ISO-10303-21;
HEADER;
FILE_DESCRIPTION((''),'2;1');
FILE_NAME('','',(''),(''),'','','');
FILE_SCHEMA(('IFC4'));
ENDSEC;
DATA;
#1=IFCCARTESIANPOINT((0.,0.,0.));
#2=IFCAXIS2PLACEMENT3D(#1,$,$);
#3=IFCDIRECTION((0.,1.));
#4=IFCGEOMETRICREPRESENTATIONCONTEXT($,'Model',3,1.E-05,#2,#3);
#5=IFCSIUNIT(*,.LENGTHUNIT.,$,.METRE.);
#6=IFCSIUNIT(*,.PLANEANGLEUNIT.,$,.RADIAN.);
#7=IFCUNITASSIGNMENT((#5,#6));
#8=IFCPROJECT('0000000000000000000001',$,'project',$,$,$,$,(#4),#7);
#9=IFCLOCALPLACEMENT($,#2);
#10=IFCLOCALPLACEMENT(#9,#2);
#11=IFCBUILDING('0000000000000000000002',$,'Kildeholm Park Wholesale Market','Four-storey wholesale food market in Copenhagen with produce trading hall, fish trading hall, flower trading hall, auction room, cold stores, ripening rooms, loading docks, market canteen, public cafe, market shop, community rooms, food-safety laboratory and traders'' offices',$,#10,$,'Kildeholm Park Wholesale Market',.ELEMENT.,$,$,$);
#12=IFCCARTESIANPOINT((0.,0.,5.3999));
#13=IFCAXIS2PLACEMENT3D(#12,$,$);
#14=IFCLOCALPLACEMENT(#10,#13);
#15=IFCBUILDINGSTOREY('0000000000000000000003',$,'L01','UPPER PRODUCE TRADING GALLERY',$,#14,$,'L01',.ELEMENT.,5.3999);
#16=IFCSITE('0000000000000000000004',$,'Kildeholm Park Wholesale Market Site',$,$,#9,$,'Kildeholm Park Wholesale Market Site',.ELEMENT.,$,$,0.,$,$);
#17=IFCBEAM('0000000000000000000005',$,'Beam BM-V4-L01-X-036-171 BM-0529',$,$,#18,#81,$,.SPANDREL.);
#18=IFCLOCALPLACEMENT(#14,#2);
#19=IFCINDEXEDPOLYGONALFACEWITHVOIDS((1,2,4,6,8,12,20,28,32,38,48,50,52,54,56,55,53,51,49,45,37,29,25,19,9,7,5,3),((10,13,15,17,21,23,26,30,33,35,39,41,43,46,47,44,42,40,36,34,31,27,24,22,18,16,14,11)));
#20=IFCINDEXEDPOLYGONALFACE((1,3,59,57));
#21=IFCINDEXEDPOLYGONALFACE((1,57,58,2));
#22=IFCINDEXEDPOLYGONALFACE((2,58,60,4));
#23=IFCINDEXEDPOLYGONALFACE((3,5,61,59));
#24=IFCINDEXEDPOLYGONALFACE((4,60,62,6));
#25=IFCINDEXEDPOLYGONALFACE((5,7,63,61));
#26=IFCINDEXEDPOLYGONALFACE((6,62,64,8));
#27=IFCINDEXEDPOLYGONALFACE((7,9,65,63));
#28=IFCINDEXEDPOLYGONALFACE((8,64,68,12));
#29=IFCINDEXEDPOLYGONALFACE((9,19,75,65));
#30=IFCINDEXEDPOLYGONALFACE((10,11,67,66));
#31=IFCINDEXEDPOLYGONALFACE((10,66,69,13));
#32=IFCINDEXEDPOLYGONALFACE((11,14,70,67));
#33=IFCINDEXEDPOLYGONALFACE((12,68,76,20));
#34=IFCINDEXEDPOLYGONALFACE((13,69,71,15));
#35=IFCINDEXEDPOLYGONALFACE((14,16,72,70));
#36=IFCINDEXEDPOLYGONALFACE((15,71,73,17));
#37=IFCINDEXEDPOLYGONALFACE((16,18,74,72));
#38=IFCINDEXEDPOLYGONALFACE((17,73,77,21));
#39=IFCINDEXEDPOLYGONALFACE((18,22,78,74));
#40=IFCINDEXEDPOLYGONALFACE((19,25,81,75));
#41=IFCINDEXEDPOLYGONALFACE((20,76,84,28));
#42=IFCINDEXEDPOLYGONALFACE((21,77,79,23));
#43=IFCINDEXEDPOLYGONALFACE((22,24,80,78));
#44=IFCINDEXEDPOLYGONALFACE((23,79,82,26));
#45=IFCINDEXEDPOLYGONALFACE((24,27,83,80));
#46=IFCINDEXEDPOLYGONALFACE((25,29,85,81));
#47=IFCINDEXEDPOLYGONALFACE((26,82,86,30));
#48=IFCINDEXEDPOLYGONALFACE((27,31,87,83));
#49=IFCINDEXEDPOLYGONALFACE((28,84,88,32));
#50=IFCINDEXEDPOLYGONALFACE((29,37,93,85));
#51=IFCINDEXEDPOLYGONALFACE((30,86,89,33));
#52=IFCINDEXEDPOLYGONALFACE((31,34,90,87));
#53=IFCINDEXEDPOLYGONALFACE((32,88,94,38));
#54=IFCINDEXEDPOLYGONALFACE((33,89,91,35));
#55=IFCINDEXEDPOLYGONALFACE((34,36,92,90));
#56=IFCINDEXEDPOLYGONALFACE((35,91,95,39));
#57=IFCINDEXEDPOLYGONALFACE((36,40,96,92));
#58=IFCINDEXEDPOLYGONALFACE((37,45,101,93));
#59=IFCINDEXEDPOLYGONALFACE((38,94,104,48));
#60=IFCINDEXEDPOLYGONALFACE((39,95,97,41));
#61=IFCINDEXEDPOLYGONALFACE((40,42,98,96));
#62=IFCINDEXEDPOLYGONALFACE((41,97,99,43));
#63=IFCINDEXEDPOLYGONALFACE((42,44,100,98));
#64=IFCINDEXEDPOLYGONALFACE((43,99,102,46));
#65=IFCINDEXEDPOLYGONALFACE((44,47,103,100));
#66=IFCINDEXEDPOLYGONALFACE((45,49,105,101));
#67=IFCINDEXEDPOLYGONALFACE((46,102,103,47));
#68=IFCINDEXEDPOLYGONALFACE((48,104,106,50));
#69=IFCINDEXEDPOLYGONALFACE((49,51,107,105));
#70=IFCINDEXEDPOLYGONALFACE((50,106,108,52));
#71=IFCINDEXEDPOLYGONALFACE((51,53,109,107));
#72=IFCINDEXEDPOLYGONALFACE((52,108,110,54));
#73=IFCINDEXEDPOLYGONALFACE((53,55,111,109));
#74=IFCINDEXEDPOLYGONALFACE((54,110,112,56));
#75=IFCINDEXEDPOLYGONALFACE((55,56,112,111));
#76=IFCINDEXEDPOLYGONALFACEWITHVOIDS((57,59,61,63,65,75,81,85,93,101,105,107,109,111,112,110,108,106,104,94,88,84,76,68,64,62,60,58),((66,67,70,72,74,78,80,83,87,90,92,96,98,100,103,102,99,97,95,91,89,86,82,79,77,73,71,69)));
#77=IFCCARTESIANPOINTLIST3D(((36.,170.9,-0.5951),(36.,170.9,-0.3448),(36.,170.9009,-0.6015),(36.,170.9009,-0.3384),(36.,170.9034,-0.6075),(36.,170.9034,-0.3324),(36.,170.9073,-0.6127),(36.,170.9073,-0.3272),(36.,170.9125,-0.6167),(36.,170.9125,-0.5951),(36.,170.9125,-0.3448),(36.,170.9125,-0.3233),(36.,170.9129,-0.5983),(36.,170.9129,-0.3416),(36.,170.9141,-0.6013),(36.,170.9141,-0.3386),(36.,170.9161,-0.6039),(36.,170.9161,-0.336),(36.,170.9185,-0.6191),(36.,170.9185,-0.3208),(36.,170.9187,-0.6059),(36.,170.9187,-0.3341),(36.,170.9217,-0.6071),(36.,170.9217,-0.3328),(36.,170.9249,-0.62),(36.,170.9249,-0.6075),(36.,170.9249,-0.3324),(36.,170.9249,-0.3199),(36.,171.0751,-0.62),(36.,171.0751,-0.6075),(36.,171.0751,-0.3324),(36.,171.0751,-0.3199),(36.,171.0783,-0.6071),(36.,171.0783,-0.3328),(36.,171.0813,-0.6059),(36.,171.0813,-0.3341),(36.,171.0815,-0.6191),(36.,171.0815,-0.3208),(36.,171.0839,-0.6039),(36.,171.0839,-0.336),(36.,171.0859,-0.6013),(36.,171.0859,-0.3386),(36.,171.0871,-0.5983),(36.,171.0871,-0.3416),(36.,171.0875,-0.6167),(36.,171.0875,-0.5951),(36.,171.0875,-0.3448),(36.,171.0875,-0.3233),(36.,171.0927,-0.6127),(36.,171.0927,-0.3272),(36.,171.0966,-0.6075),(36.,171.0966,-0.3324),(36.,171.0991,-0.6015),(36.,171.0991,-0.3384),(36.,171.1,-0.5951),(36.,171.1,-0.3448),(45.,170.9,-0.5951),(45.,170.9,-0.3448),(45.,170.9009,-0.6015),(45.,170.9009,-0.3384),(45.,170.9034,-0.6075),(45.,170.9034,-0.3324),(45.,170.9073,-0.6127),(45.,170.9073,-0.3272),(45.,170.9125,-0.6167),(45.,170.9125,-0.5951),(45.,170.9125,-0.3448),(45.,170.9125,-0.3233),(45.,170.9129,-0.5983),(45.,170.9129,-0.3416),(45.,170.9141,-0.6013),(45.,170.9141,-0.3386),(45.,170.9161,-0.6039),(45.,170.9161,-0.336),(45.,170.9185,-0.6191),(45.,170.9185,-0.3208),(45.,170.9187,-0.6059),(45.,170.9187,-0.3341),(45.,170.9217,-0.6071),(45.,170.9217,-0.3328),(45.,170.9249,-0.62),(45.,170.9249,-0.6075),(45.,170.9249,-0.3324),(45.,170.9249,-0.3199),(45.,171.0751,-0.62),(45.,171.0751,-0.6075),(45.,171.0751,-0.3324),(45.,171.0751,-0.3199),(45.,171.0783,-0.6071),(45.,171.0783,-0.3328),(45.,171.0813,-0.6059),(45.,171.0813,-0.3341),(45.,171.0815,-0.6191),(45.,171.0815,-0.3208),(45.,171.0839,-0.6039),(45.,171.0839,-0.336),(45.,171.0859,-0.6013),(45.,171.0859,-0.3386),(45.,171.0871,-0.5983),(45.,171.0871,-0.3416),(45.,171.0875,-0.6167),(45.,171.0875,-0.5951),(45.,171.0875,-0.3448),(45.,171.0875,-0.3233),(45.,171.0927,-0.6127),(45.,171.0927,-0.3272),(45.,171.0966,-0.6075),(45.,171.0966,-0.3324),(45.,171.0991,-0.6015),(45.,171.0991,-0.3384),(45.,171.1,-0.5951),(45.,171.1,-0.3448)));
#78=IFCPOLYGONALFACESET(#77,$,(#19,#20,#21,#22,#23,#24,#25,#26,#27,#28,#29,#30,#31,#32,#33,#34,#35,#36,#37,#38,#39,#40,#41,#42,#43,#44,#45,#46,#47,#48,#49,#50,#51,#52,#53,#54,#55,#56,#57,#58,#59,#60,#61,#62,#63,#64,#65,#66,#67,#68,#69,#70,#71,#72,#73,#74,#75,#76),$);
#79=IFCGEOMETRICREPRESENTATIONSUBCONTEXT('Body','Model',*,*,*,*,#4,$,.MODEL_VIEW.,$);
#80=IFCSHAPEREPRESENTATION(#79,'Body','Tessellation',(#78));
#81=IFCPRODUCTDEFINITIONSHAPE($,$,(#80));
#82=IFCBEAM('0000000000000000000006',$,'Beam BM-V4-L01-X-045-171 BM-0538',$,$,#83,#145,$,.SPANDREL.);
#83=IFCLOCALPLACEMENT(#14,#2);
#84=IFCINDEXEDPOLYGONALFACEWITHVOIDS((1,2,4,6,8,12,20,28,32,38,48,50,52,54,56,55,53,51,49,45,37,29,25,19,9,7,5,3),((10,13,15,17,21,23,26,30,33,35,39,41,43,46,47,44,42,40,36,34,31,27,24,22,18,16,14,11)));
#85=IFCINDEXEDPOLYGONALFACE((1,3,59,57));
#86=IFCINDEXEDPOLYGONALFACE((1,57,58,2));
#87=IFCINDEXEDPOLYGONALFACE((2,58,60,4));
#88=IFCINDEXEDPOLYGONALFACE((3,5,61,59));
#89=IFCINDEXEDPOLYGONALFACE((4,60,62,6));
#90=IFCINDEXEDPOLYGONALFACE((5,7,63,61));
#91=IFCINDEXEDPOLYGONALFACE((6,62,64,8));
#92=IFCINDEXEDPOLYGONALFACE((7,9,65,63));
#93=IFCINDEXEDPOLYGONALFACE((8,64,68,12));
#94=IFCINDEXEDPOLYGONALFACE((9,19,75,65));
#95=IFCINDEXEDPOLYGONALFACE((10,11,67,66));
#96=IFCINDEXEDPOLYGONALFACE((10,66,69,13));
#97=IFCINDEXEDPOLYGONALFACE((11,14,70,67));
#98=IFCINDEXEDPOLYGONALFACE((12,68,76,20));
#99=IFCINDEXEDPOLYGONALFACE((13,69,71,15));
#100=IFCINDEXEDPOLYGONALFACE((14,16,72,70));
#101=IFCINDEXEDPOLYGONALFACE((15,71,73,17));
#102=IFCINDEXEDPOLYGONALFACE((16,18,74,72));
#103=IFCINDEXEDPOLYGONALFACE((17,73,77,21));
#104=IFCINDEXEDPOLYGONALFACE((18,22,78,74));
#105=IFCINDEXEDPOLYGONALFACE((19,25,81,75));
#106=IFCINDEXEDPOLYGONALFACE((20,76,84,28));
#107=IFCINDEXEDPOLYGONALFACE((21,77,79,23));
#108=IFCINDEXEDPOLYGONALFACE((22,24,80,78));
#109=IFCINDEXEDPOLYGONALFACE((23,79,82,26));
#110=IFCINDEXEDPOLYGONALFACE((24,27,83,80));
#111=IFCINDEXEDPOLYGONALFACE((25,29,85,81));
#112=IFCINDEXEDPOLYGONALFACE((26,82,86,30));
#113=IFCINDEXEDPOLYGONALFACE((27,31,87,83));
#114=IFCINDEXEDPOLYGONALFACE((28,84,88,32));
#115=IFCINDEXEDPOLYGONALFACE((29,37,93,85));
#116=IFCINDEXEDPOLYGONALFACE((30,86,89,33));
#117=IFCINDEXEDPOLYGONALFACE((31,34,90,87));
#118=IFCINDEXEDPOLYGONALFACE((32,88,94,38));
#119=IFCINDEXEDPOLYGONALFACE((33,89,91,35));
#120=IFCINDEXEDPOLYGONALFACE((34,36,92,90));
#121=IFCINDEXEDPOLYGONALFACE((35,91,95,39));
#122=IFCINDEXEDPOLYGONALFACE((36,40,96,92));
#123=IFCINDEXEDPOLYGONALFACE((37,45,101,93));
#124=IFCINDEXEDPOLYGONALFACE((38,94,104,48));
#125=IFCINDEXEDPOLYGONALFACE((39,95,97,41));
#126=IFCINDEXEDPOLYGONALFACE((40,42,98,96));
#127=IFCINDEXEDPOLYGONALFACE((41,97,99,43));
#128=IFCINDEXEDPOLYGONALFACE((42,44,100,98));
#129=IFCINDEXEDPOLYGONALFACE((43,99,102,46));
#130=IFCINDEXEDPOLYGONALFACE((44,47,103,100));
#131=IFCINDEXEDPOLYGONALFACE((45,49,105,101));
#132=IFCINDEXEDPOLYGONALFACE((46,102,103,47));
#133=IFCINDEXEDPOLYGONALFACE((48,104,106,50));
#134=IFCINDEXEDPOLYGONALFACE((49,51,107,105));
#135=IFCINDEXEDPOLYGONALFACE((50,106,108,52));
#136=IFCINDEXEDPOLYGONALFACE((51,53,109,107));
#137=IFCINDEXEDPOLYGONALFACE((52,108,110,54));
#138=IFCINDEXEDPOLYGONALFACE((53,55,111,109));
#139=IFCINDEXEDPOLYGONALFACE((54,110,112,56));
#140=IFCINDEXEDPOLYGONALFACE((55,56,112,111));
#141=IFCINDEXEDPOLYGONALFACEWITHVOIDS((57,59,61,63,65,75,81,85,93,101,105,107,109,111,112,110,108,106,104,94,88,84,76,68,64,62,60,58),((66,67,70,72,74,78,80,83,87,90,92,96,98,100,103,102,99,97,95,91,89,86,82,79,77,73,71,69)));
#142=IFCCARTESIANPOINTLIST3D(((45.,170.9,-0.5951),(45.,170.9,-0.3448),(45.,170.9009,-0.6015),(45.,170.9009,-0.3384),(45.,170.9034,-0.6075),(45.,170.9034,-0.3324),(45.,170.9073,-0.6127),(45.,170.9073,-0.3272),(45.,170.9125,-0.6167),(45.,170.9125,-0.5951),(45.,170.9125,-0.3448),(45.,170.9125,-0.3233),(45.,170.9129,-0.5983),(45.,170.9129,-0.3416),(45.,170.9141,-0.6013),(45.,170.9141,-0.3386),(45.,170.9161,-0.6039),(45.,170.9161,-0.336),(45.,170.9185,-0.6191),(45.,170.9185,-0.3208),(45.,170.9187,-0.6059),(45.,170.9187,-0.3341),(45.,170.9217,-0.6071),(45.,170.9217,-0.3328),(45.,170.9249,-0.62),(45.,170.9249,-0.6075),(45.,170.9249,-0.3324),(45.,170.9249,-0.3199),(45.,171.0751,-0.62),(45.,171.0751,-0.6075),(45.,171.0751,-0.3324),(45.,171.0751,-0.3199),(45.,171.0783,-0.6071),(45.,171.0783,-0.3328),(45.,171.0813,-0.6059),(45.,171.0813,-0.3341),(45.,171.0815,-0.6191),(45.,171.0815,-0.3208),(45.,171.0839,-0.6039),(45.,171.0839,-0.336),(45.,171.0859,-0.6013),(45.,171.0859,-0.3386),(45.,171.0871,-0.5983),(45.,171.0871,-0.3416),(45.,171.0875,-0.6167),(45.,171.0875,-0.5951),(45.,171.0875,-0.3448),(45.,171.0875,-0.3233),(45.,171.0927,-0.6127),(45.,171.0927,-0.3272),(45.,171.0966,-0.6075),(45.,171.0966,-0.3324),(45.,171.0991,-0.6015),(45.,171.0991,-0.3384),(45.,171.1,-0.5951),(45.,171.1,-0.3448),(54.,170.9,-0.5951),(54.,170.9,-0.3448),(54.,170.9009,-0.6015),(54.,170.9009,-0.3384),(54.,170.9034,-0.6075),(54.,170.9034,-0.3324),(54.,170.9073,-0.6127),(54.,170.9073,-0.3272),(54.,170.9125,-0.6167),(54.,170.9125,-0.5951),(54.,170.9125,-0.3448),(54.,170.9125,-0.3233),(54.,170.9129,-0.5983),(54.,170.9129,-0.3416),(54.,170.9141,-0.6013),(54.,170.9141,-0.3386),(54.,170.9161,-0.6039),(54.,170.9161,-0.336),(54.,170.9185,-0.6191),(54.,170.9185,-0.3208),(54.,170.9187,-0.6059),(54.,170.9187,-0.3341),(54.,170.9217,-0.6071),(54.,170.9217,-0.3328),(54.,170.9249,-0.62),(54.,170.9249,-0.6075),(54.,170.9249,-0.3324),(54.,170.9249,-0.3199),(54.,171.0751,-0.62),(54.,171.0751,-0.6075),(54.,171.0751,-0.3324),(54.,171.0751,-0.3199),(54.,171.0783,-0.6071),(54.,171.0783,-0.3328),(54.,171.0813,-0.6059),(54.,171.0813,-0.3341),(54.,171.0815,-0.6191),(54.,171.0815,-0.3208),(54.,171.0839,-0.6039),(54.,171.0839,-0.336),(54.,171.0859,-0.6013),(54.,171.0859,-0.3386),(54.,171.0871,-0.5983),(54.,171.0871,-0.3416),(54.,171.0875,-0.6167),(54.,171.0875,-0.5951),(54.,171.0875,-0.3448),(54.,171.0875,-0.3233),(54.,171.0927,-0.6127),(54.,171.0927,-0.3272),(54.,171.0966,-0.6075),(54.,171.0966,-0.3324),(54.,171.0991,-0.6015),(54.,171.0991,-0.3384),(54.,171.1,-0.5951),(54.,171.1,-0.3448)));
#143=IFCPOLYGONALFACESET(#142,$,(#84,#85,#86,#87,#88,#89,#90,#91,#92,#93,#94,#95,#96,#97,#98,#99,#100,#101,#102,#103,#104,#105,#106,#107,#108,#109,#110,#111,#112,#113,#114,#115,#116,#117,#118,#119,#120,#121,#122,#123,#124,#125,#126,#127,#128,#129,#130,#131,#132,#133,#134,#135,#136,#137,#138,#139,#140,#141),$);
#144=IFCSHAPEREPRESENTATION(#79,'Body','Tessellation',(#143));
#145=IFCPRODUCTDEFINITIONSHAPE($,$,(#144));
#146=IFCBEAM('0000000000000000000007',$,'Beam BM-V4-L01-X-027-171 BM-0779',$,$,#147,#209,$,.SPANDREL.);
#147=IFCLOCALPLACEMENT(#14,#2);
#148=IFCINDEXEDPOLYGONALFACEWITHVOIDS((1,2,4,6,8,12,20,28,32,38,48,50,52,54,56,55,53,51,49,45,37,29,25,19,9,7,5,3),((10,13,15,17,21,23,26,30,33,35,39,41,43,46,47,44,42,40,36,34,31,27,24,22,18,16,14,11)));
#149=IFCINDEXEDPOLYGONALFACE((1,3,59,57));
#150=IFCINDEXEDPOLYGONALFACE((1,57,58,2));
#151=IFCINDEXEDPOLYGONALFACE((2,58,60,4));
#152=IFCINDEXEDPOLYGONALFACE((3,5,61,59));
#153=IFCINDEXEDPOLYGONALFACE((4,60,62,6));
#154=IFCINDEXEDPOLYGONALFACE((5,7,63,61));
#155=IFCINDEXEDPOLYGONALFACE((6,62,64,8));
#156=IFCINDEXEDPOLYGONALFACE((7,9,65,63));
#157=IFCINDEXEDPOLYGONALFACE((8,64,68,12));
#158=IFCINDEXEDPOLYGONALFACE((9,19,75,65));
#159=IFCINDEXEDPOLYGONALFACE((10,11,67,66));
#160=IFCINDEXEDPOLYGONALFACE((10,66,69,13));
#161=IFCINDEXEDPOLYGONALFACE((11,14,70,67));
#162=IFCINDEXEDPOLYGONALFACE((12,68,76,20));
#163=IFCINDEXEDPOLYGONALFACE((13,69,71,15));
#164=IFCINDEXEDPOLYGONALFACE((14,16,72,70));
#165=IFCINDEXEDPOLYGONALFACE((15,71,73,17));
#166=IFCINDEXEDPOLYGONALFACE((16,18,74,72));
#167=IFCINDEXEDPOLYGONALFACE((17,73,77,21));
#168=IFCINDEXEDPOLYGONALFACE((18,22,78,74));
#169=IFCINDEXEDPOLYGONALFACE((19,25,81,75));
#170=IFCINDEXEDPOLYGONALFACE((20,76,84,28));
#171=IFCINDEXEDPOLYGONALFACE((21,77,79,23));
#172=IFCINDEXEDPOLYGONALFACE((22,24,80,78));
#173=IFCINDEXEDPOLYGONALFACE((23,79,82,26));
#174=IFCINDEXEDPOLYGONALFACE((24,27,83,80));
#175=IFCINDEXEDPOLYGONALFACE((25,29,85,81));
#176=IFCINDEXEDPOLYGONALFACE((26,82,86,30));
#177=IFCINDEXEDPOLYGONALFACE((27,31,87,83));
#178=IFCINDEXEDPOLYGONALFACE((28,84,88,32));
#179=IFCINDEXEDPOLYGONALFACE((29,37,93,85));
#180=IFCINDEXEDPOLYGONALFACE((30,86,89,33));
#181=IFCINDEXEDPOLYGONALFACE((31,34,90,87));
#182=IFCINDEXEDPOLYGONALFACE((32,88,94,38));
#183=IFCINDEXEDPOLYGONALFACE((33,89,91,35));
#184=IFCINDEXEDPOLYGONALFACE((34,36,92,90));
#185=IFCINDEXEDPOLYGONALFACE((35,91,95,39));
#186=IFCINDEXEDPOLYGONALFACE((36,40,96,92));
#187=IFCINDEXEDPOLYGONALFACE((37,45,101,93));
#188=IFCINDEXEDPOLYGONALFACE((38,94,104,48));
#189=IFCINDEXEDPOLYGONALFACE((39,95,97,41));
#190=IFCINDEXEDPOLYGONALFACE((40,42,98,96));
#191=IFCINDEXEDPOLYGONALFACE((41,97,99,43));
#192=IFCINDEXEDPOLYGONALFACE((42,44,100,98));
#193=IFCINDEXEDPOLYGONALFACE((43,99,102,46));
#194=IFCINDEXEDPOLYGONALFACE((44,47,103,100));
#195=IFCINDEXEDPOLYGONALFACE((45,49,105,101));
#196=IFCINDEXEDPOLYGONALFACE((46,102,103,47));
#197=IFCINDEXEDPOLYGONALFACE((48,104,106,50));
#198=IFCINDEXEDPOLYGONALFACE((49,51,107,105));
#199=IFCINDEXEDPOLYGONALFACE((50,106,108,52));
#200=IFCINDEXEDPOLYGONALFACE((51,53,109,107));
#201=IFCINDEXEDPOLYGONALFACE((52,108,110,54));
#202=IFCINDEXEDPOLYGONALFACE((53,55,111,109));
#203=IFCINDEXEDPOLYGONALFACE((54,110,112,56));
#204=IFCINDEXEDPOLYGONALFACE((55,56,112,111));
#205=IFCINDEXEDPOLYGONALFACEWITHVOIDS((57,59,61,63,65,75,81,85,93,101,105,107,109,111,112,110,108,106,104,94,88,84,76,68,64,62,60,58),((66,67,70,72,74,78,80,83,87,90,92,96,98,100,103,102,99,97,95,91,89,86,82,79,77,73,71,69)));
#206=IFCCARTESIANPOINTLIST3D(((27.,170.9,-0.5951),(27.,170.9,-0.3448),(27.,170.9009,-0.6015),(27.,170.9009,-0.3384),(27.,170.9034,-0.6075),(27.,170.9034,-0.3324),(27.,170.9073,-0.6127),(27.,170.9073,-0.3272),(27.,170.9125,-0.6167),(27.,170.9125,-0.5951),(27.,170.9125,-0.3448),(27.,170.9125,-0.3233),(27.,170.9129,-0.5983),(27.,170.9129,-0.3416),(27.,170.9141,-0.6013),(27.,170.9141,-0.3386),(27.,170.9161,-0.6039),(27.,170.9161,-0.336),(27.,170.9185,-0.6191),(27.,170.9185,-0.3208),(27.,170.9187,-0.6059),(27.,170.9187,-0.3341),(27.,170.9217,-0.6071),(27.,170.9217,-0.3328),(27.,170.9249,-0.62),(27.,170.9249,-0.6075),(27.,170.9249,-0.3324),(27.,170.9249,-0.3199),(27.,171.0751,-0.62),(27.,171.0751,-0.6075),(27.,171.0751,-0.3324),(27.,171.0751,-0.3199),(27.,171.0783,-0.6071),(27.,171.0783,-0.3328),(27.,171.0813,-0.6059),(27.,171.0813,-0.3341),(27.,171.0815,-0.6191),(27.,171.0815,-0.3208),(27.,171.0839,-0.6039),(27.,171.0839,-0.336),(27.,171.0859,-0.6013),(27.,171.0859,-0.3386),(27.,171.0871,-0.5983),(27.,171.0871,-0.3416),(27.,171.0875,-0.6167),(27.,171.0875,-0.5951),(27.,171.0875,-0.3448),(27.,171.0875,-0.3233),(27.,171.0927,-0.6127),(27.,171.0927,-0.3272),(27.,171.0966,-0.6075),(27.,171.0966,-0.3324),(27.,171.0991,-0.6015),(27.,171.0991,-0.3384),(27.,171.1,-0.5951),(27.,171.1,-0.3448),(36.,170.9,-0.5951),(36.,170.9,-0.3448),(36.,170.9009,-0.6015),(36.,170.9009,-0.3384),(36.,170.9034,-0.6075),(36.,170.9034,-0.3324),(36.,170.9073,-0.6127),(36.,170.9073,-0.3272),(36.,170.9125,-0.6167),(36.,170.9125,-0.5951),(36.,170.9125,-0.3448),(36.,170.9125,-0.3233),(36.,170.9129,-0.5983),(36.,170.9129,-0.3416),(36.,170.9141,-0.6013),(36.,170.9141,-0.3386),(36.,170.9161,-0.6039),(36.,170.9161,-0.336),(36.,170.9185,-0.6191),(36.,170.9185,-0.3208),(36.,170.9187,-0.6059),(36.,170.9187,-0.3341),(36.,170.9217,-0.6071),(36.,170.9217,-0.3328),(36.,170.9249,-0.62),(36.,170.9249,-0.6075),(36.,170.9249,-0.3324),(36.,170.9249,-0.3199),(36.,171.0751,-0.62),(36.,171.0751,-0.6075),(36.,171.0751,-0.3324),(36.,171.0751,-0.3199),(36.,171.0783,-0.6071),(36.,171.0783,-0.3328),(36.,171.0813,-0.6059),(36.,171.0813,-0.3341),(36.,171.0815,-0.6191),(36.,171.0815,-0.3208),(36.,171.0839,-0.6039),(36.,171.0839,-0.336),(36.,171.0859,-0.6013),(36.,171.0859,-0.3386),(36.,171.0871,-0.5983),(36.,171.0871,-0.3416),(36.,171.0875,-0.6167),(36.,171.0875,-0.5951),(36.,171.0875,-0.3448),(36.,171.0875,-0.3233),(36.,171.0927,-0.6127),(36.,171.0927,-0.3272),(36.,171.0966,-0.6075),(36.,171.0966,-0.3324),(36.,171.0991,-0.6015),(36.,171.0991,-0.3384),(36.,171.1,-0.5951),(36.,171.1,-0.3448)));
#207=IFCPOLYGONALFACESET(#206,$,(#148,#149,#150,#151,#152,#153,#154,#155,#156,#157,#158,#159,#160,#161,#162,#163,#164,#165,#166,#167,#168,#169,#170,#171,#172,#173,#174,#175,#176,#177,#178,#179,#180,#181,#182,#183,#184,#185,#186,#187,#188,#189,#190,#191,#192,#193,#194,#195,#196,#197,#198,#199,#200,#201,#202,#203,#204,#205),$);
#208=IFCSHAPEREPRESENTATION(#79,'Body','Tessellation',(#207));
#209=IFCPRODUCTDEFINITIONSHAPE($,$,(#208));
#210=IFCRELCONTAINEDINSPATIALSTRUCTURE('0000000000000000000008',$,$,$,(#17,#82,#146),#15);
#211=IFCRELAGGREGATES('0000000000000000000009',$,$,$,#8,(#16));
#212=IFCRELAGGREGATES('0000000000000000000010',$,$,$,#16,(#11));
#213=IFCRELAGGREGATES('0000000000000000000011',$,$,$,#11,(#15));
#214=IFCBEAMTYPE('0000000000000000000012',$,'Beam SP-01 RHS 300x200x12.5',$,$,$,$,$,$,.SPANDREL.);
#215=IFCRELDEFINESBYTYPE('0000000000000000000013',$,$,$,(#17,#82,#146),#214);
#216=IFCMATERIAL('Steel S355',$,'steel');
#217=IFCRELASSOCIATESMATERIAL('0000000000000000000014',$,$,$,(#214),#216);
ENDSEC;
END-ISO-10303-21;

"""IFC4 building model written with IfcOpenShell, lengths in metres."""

from ifc_helpers import new_model, si_unit, direction, frame, origin, origin_2d, place, context, subcontext, project, spatial, hollow_rectangle, extrude, material, material_profile, profile_set, type_object, element, save


model = new_model("IFC4")

# Units and contexts
model_context = context("Model", 3, precision=1e-05, world=origin(), true_north=direction((0.0, 1.0)))
body_context = subcontext(model_context, "Body", "Model", "MODEL_VIEW")
ifc_project = project(units=[si_unit("LENGTHUNIT", "METRE"), si_unit("PLANEANGLEUNIT", "RADIAN")], contexts=[model_context])

# Site, building, storey
site_placement = place(None, origin())
site = spatial("IfcSite", under=ifc_project, at=site_placement, Name="Kildeholm Park Wholesale Market Site", LongName="Kildeholm Park Wholesale Market Site", CompositionType="ELEMENT", RefElevation=0.0)
building_placement = place(site_placement, origin())
building = spatial("IfcBuilding", under=site, at=building_placement, Name="Kildeholm Park Wholesale Market", Description="Four-storey wholesale food market in Copenhagen with produce trading hall, fish trading hall, flower trading hall, auction room, cold stores, ripening rooms, loading docks, market canteen, public cafe, market shop, community rooms, food-safety laboratory and traders' offices", LongName="Kildeholm Park Wholesale Market", CompositionType="ELEMENT")
storey_placement = place(building_placement, frame((0.0, 0.0, 5.3999)))
storey = spatial("IfcBuildingStorey", under=building, at=storey_placement, Name="L01", Description="UPPER PRODUCE TRADING GALLERY", LongName="L01", CompositionType="ELEMENT", Elevation=5.3999)

# Beams
ifc_material_1 = material(Name="Steel S355", Category="steel")
ifc_material_profile_1 = material_profile(ifc_material_1, hollow_rectangle(XDim=0.2, YDim=0.3, WallThickness=0.0125, InnerFilletRadius=0.0125, OuterFilletRadius=0.0249, at=origin_2d()), Name="RHS 300x200x12.5")
ifc_profile_set_1 = profile_set([ifc_material_profile_1], Name="Steel S355")
beam_type_1 = type_object("IfcBeamType", Name="Beam SP-01 RHS 300x200x12.5", PredefinedType="SPANDREL", material=ifc_profile_set_1)
for number, where, z_axis, x_axis, name in (
    (1, (36.0, 171.0, -0.47), (1.0, 0.0, 0.0), (0.0, 1.0, 0.0), "Beam BM-V4-L01-X-036-171 BM-0529"),
    (2, (45.0, 171.0, -0.47), (1.0, 0.0, 0.0), (0.0, 1.0, 0.0), "Beam BM-V4-L01-X-045-171 BM-0538"),
    (3, (27.0, 171.0, -0.47), (1.0, 0.0, 0.0), (0.0, 1.0, 0.0), "Beam BM-V4-L01-X-027-171 BM-0779"),
):
    element("IfcBeam", number, at=place(storey_placement, frame(where, z_axis=z_axis, x_axis=x_axis)), inside=storey, type_object=beam_type_1, Name=name, PredefinedType="SPANDREL", context=body_context, shape_type="SweptSolid", body=[
        extrude(hollow_rectangle(XDim=0.2, YDim=0.3, WallThickness=0.0125, InnerFilletRadius=0.0125, OuterFilletRadius=0.0249, at=origin_2d()), origin(), (0.0, 0.0, 1.0), 9.0),
    ])

save(model, "model.ifc")
